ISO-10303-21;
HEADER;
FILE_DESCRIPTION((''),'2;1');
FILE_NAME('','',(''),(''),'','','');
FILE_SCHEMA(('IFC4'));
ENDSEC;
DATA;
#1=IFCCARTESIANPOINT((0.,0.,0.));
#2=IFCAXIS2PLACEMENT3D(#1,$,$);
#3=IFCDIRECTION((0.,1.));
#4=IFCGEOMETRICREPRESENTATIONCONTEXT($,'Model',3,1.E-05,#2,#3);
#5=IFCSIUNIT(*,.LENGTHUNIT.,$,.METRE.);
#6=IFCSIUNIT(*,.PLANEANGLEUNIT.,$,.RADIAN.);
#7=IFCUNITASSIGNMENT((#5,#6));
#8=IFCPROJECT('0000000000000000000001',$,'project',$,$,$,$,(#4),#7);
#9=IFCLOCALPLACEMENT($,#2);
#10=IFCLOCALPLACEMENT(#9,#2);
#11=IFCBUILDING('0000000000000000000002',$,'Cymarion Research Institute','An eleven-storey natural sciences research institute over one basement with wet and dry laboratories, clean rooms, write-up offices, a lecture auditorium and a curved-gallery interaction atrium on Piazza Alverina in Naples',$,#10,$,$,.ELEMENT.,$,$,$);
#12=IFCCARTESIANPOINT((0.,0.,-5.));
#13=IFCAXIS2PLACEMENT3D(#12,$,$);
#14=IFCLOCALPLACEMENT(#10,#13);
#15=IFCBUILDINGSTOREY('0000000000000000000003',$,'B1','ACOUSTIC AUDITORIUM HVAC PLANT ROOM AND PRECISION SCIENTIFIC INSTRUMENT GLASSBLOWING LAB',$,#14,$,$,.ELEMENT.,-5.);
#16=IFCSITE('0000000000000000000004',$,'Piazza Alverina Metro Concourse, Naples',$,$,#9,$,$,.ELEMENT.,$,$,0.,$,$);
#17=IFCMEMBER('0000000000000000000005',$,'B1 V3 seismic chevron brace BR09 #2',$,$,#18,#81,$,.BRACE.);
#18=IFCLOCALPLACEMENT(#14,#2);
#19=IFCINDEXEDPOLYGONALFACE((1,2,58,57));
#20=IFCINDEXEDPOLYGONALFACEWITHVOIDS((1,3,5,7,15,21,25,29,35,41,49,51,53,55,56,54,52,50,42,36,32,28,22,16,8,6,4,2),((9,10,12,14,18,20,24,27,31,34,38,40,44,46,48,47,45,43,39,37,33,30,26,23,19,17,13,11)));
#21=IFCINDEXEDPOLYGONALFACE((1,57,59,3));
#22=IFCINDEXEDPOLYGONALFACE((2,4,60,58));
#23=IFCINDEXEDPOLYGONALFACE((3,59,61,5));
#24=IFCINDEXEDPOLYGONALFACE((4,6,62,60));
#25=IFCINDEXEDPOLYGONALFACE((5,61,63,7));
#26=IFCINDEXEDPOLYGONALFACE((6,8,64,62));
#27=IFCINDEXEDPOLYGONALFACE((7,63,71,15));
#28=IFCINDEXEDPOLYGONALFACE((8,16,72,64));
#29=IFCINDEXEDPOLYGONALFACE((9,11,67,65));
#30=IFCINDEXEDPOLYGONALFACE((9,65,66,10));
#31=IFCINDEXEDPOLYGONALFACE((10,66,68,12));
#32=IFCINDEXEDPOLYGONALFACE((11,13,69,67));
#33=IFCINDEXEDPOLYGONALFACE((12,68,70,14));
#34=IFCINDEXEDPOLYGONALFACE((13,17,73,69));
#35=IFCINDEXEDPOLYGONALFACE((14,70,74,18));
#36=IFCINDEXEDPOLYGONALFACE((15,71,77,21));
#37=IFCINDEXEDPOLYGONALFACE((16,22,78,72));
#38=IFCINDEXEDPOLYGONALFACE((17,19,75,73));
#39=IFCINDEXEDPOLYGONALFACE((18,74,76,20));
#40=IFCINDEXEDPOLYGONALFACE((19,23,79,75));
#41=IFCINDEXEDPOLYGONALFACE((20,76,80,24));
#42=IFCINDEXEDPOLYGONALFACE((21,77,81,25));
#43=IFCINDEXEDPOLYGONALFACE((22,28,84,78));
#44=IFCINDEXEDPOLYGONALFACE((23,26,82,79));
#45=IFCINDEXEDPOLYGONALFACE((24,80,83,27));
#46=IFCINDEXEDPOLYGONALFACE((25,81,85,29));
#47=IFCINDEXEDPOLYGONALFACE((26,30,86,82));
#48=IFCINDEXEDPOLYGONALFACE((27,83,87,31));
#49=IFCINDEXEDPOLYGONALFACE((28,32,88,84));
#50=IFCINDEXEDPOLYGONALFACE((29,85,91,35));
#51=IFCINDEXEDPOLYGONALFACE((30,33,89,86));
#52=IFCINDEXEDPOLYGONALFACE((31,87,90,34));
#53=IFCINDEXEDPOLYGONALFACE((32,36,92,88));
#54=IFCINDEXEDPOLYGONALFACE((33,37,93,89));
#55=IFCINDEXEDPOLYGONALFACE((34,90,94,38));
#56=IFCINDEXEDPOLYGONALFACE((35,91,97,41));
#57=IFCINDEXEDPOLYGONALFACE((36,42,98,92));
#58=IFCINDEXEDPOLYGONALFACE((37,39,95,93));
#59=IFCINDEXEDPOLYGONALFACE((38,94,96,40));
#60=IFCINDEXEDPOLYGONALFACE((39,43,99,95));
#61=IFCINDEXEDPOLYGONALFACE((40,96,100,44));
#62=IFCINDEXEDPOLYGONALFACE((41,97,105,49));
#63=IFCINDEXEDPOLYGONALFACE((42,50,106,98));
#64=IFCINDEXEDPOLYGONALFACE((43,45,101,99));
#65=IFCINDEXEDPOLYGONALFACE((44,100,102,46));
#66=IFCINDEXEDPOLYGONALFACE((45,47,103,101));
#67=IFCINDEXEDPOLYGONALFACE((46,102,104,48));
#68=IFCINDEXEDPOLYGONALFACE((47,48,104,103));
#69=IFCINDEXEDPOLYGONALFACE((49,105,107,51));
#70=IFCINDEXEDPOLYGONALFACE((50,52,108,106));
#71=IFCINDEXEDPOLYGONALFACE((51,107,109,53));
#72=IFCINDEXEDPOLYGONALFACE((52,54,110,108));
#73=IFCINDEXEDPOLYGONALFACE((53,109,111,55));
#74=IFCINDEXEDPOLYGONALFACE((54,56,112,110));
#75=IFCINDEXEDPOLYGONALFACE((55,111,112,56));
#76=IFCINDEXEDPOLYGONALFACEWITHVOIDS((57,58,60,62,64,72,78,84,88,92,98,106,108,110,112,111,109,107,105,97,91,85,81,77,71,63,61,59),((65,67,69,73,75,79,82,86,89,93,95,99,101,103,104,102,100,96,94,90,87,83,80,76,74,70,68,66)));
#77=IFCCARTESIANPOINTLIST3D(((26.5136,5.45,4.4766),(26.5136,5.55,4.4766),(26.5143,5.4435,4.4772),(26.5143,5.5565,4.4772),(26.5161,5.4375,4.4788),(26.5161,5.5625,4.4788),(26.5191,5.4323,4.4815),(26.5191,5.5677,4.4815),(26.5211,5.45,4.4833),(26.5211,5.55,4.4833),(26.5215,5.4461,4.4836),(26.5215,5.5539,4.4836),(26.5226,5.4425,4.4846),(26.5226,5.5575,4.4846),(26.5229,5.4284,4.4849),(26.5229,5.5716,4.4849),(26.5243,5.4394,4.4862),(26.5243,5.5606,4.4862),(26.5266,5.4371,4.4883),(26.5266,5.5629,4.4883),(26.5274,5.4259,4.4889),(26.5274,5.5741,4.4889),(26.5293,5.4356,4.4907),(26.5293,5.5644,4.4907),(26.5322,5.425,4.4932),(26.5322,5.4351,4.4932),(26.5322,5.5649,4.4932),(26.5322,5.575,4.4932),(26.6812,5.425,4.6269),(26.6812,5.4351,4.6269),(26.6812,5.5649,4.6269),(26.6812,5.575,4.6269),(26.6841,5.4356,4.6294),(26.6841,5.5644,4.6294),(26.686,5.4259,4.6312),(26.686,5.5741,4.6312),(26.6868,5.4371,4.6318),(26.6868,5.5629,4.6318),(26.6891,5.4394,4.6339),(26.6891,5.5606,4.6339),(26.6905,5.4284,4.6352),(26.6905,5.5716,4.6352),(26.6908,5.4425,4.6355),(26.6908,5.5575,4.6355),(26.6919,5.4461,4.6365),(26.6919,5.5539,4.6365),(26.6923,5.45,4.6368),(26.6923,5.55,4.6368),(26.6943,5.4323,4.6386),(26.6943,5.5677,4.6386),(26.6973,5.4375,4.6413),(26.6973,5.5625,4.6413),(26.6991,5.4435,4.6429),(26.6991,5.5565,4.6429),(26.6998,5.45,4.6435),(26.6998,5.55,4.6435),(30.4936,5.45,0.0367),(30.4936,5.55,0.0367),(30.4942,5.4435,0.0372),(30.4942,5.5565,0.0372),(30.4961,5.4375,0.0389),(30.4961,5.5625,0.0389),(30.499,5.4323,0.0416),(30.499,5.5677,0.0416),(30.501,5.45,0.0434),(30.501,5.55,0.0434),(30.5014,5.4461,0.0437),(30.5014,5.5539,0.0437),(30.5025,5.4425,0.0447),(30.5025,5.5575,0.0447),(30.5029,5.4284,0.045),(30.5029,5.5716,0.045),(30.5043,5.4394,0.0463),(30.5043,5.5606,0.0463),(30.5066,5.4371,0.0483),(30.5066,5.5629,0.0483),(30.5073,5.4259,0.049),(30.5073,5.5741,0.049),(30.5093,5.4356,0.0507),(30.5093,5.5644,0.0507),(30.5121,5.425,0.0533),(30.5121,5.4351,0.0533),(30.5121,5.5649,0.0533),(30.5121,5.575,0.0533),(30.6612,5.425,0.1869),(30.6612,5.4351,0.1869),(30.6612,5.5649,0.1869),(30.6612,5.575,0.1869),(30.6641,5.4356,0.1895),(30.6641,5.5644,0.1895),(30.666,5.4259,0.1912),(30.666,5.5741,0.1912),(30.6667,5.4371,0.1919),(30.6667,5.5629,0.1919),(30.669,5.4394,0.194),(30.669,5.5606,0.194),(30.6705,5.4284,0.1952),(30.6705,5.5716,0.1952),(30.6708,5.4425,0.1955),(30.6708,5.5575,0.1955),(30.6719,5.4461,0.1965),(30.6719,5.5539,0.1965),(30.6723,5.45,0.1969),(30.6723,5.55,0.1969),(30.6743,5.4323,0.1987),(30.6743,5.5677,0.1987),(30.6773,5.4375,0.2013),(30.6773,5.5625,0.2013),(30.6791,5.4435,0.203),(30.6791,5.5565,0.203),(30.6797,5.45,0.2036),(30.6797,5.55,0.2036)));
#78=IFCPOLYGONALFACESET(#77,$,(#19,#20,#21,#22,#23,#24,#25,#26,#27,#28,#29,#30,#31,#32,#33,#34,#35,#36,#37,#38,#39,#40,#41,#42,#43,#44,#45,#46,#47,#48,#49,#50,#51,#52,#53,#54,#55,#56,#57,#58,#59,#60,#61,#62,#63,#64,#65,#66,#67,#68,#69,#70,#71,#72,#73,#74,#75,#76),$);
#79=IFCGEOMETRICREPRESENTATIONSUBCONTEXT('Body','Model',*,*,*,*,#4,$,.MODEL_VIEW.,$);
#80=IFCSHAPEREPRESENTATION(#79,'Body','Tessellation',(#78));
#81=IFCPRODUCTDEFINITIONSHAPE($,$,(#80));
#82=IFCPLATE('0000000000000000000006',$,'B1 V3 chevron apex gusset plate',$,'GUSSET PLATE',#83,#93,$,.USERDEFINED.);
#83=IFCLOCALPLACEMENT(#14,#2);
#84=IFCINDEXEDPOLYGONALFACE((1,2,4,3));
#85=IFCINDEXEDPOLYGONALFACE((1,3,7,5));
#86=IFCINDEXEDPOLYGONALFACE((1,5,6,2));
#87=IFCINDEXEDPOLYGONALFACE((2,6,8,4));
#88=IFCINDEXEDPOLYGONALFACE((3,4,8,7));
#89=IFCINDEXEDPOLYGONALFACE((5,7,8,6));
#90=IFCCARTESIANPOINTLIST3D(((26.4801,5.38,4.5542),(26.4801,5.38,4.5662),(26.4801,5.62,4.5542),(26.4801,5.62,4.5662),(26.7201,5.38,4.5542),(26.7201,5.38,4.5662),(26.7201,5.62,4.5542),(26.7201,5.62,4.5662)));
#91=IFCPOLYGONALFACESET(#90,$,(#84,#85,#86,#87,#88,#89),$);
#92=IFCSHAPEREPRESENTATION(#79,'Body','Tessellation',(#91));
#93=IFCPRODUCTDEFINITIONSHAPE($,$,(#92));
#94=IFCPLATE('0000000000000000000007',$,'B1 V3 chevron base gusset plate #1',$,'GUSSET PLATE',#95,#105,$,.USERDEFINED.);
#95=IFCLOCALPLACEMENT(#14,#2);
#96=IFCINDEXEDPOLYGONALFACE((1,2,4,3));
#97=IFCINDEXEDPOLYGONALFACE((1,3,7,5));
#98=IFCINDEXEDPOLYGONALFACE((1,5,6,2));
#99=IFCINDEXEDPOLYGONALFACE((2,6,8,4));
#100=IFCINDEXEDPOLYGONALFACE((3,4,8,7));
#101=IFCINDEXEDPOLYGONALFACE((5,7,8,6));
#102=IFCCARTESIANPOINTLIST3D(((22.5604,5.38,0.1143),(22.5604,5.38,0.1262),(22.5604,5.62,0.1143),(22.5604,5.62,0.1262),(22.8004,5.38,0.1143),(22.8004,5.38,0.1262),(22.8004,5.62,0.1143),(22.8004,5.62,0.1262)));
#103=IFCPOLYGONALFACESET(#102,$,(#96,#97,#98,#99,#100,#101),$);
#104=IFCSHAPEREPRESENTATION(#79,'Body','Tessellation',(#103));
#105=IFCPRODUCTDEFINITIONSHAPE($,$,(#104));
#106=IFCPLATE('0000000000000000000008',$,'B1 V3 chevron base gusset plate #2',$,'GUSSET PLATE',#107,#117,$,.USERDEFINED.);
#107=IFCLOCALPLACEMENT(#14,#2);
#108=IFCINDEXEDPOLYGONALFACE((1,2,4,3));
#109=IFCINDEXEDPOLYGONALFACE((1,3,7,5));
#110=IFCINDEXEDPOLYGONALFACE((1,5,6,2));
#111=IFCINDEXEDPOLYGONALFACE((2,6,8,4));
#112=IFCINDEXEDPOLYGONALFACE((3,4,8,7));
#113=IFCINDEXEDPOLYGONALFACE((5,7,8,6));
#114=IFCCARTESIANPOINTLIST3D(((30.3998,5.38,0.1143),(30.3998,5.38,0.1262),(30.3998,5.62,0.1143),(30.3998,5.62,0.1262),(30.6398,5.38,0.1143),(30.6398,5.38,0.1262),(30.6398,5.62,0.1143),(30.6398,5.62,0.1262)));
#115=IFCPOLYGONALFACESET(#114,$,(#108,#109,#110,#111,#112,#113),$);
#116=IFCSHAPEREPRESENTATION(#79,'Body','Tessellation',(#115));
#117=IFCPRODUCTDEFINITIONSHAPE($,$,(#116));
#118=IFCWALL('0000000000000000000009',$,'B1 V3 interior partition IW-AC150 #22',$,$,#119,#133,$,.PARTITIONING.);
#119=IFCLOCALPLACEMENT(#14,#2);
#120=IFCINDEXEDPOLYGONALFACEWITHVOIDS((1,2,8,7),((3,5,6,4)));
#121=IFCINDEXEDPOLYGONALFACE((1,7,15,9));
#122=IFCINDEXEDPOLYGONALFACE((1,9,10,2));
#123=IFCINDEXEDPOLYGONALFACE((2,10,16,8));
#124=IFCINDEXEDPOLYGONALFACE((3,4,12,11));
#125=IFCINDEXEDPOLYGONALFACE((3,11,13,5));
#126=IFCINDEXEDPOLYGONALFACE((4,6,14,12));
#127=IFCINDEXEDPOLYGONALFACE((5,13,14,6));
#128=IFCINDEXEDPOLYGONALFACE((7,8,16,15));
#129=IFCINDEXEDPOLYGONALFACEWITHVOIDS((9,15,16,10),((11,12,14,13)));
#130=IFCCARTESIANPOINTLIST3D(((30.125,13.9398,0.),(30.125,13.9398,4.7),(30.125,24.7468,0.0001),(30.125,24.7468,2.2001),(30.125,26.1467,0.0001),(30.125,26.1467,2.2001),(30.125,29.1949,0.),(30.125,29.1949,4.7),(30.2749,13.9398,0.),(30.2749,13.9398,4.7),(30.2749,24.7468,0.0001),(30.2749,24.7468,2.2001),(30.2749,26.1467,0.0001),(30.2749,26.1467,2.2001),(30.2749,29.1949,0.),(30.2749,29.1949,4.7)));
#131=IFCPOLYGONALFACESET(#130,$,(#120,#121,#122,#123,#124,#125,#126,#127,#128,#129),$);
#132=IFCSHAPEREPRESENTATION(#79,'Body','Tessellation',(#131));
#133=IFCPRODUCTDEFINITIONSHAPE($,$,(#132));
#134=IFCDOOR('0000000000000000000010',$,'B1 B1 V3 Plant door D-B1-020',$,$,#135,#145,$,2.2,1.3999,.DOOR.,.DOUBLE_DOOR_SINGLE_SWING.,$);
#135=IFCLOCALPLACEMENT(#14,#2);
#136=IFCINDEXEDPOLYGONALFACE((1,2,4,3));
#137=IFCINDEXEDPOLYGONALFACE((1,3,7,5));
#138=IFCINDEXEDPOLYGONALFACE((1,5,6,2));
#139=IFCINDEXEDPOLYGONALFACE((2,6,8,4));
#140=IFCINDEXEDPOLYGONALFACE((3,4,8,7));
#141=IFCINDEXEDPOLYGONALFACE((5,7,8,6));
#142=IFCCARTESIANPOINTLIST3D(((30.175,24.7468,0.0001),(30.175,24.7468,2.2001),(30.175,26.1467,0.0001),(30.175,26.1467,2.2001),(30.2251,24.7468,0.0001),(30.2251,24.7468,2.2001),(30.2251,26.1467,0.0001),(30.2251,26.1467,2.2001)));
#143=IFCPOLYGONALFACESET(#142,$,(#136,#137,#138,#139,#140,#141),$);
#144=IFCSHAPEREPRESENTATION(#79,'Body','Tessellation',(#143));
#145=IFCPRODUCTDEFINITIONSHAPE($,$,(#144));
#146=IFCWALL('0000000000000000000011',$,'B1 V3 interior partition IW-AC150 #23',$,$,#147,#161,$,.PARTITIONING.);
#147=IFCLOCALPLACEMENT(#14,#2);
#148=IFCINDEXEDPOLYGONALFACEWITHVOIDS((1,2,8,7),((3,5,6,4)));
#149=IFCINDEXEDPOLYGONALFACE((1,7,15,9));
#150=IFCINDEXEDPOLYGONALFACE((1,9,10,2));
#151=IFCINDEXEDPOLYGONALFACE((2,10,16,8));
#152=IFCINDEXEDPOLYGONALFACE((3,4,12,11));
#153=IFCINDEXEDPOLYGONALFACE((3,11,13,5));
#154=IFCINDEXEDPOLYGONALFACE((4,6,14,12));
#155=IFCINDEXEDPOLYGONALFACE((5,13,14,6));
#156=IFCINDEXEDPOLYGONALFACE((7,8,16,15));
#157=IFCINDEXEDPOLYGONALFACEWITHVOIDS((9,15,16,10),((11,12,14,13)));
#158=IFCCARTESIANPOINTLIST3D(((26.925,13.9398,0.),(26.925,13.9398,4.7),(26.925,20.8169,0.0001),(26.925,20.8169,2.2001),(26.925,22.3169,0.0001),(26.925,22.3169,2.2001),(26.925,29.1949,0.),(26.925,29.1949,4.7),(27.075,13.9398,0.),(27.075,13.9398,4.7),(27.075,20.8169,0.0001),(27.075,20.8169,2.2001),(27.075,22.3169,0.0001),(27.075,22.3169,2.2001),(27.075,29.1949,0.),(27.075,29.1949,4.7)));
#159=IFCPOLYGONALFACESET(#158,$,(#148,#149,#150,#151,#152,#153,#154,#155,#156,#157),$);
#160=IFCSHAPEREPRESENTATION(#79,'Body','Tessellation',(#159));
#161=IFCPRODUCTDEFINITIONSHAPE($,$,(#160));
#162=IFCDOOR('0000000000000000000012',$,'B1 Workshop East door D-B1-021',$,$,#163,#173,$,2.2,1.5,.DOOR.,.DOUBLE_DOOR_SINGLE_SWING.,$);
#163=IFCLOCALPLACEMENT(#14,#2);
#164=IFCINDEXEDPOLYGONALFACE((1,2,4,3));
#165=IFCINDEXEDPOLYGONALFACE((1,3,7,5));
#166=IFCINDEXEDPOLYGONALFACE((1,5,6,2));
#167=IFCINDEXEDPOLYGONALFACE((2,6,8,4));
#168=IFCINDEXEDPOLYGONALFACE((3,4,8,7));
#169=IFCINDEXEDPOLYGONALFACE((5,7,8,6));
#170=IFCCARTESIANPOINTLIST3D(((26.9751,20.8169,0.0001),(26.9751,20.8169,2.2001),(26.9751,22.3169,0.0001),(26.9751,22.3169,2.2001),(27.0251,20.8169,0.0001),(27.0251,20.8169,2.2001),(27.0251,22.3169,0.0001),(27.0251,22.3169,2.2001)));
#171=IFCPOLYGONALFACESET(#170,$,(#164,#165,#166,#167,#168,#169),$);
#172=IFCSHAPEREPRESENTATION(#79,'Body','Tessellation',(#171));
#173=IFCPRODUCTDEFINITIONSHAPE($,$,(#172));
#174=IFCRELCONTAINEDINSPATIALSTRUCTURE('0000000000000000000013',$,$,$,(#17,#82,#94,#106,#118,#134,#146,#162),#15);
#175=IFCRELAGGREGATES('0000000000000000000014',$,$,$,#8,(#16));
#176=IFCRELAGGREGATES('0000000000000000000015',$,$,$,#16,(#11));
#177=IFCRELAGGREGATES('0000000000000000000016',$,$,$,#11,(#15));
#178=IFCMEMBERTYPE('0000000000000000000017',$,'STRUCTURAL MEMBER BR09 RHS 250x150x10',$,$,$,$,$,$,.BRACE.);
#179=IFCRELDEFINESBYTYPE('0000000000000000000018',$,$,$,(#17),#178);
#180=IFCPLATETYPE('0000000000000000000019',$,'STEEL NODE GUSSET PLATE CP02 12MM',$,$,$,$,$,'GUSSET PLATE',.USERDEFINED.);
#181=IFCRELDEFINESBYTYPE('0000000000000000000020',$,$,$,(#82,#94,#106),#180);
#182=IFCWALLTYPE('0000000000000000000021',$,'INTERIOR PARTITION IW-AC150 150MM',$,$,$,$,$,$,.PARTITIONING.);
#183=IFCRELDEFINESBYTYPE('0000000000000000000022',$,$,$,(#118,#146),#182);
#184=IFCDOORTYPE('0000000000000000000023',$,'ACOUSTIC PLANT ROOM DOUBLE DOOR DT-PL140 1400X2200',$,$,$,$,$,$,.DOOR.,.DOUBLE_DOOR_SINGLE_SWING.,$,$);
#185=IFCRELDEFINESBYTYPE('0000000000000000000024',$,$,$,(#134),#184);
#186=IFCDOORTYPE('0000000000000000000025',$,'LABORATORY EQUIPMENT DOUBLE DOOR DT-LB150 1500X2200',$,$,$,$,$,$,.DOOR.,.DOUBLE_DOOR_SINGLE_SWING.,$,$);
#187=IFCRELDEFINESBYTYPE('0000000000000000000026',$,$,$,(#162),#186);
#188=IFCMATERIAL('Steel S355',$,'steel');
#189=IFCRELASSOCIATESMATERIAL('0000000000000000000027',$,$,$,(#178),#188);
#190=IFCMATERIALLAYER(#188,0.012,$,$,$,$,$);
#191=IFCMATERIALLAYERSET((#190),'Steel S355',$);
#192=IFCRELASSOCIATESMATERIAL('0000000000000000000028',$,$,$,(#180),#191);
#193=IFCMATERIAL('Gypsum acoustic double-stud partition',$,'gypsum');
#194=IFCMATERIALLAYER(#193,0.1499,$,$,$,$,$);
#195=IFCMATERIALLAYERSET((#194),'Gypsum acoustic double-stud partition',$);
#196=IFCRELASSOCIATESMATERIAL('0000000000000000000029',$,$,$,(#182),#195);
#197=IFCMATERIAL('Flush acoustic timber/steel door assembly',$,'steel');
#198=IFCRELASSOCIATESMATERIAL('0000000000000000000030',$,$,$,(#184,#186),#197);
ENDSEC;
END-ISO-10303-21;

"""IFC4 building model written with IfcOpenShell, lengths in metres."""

from ifc_helpers import new_model, si_unit, direction, frame, frame_2d, origin, origin_2d, place, context, subcontext, project, spatial, rectangle, hollow_rectangle, extrude, material, layer, layer_set, material_profile, profile_set, type_object, element, fill, save


model = new_model("IFC4")

# Units and contexts
model_context = context("Model", 3, precision=1e-05, world=origin(), true_north=direction((0.0, 1.0)))
body_context = subcontext(model_context, "Body", "Model", "MODEL_VIEW")
ifc_project = project(units=[si_unit("LENGTHUNIT", "METRE"), si_unit("PLANEANGLEUNIT", "RADIAN")], contexts=[model_context])

# Site, building, storey
site_placement = place(None, origin())
site = spatial("IfcSite", under=ifc_project, at=site_placement, Name="Piazza Alverina Metro Concourse, Naples", CompositionType="ELEMENT", RefElevation=0.0)
building_placement = place(site_placement, origin())
building = spatial("IfcBuilding", under=site, at=building_placement, Name="Cymarion Research Institute", Description="An eleven-storey natural sciences research institute over one basement with wet and dry laboratories, clean rooms, write-up offices, a lecture auditorium and a curved-gallery interaction atrium on Piazza Alverina in Naples", CompositionType="ELEMENT")
storey_placement = place(building_placement, frame((0.0, 0.0, -5.0)))
storey = spatial("IfcBuildingStorey", under=building, at=storey_placement, Name="B1", Description="ACOUSTIC AUDITORIUM HVAC PLANT ROOM AND PRECISION SCIENTIFIC INSTRUMENT GLASSBLOWING LAB", CompositionType="ELEMENT", Elevation=-5.0)

# Shared definitions
ifc_material_1 = material(Name="Steel S355", Category="steel")

# Member
ifc_material_profile_1 = material_profile(ifc_material_1, hollow_rectangle(XDim=0.1499, YDim=0.25, WallThickness=0.01, InnerFilletRadius=0.0149, OuterFilletRadius=0.0249, at=origin_2d()), Name="RHS 250x150x10")
ifc_profile_set_1 = profile_set([ifc_material_profile_1], Name="Steel S355")
member_type = type_object("IfcMemberType", Name="STRUCTURAL MEMBER BR09 RHS 250x150x10", PredefinedType="BRACE", material=ifc_profile_set_1)
for number, where, z_axis, x_axis, name in (
    (1, (30.5867, 5.5, 0.1201), (-0.667484, 0.0, 0.744624), (0.0, -1.0, 0.0), "B1 V3 seismic chevron brace BR09 #2"),
):
    element("IfcMember", number, at=place(storey_placement, frame(where, z_axis=z_axis, x_axis=x_axis)), inside=storey, type_object=member_type, Name=name, PredefinedType="BRACE", context=body_context, shape_type="SweptSolid", body=[
        extrude(hollow_rectangle(XDim=0.1499, YDim=0.25, WallThickness=0.01, InnerFilletRadius=0.0149, OuterFilletRadius=0.0249, at=origin_2d()), origin(), (0.0, 0.0, 1.0), 5.9626),
    ])

# Plates
ifc_layer_1 = layer(ifc_material_1, 0.012)
ifc_layer_set_1 = layer_set([ifc_layer_1], Name="Steel S355")
plate_type = type_object("IfcPlateType", Name="STEEL NODE GUSSET PLATE CP02 12MM", ElementType="GUSSET PLATE", PredefinedType="USERDEFINED", material=ifc_layer_set_1)
for number, where, z_axis, x_axis, name in (
    (2, (26.6001, 5.5, 4.5542), (0.0, 0.0, 1.0), (1.0, 0.0, 0.0), "B1 V3 chevron apex gusset plate"),
    (3, (22.6804, 5.5, 0.1143), (0.0, 0.0, 1.0), (1.0, 0.0, 0.0), "B1 V3 chevron base gusset plate #1"),
    (4, (30.5198, 5.5, 0.1143), (0.0, 0.0, 1.0), (1.0, 0.0, 0.0), "B1 V3 chevron base gusset plate #2"),
):
    element("IfcPlate", number, at=place(storey_placement, frame(where, z_axis=z_axis, x_axis=x_axis)), inside=storey, type_object=plate_type, Name=name, ObjectType="GUSSET PLATE", PredefinedType="USERDEFINED", context=body_context, shape_type="SweptSolid", body=[
        extrude(rectangle(XDim=0.24, YDim=0.24, at=origin_2d()), origin(), (0.0, 0.0, 1.0), 0.012),
    ])

# Walls, openings, doors
ifc_material_2 = material(Name="Gypsum acoustic double-stud partition", Category="gypsum")
ifc_layer_2 = layer(ifc_material_2, 0.1499)
ifc_layer_set_2 = layer_set([ifc_layer_2], Name="Gypsum acoustic double-stud partition")
wall_type_1 = type_object("IfcWallType", Name="INTERIOR PARTITION IW-AC150 150MM", PredefinedType="PARTITIONING", material=ifc_layer_set_2)
wall_1_placement = place(storey_placement, frame((30.2, 13.9399, 0.0), z_axis=(0.0, 0.0, 1.0), x_axis=(0.0, 1.0, 0.0)))
wall_1 = element("IfcWall", 5, at=wall_1_placement, inside=storey, type_object=wall_type_1, Name="B1 V3 interior partition IW-AC150 #22", PredefinedType="PARTITIONING", context=body_context, shape_type="SweptSolid", body=[
    extrude(rectangle(XDim=15.2551, YDim=0.1499, at=frame_2d((7.6274, 0.0))), origin(), (0.0, 0.0, 1.0), 4.7),
])
opening_1_placement = place(wall_1_placement, frame((10.8069, 0.0, 0.0)))
opening_1 = element("IfcOpeningElement", 6, at=opening_1_placement, cuts=wall_1, PredefinedType="OPENING", context=body_context, shape_type="SweptSolid", body=[
    extrude(rectangle(XDim=1.3999, YDim=2.2, at=frame_2d((0.7, 1.1001))), frame((0.0, 0.085, 0.0), z_axis=(0.0, -1.0, 0.0), x_axis=(1.0, 0.0, 0.0)), (0.0, 0.0, 1.0), 0.1699),
])
ifc_material_3 = material(Name="Flush acoustic timber/steel door assembly", Category="steel")
door_type_1 = type_object("IfcDoorType", Name="ACOUSTIC PLANT ROOM DOUBLE DOOR DT-PL140 1400X2200", OperationType="DOUBLE_DOOR_SINGLE_SWING", PredefinedType="DOOR", material=ifc_material_3)
door_1_placement = place(opening_1_placement, origin())
door_1 = element("IfcDoor", 7, at=door_1_placement, inside=storey, type_object=door_type_1, Name="B1 B1 V3 Plant door D-B1-020", OperationType="DOUBLE_DOOR_SINGLE_SWING", OverallHeight=2.2, OverallWidth=1.3999, PredefinedType="DOOR", context=body_context, shape_type="SweptSolid", body=[
    extrude(rectangle(XDim=1.3999, YDim=2.2, at=frame_2d((0.7, 1.1001))), frame((0.0, 0.0249, 0.0), z_axis=(0.0, -1.0, 0.0), x_axis=(1.0, 0.0, 0.0)), (0.0, 0.0, 1.0), 0.05),
])
fill(opening_1, door_1)
wall_2_placement = place(storey_placement, frame((27.0, 13.9399, 0.0), z_axis=(0.0, 0.0, 1.0), x_axis=(0.0, 1.0, 0.0)))
wall_2 = element("IfcWall", 8, at=wall_2_placement, inside=storey, type_object=wall_type_1, Name="B1 V3 interior partition IW-AC150 #23", PredefinedType="PARTITIONING", context=body_context, shape_type="SweptSolid", body=[
    extrude(rectangle(XDim=15.2551, YDim=0.1499, at=frame_2d((7.6274, 0.0))), origin(), (0.0, 0.0, 1.0), 4.7),
])
opening_2_placement = place(wall_2_placement, frame((6.877, 0.0, 0.0)))
opening_2 = element("IfcOpeningElement", 9, at=opening_2_placement, cuts=wall_2, PredefinedType="OPENING", context=body_context, shape_type="SweptSolid", body=[
    extrude(rectangle(XDim=1.5, YDim=2.2, at=frame_2d((0.75, 1.1001))), frame((0.0, 0.085, 0.0), z_axis=(0.0, -1.0, 0.0), x_axis=(1.0, 0.0, 0.0)), (0.0, 0.0, 1.0), 0.1699),
])
door_type_2 = type_object("IfcDoorType", Name="LABORATORY EQUIPMENT DOUBLE DOOR DT-LB150 1500X2200", OperationType="DOUBLE_DOOR_SINGLE_SWING", PredefinedType="DOOR", material=ifc_material_3)
door_2_placement = place(opening_2_placement, origin())
door_2 = element("IfcDoor", 10, at=door_2_placement, inside=storey, type_object=door_type_2, Name="B1 Workshop East door D-B1-021", OperationType="DOUBLE_DOOR_SINGLE_SWING", OverallHeight=2.2, OverallWidth=1.5, PredefinedType="DOOR", context=body_context, shape_type="SweptSolid", body=[
    extrude(rectangle(XDim=1.5, YDim=2.2, at=frame_2d((0.75, 1.1001))), frame((0.0, 0.0249, 0.0), z_axis=(0.0, -1.0, 0.0), x_axis=(1.0, 0.0, 0.0)), (0.0, 0.0, 1.0), 0.05),
])
fill(opening_2, door_2)

save(model, "model.ifc")
